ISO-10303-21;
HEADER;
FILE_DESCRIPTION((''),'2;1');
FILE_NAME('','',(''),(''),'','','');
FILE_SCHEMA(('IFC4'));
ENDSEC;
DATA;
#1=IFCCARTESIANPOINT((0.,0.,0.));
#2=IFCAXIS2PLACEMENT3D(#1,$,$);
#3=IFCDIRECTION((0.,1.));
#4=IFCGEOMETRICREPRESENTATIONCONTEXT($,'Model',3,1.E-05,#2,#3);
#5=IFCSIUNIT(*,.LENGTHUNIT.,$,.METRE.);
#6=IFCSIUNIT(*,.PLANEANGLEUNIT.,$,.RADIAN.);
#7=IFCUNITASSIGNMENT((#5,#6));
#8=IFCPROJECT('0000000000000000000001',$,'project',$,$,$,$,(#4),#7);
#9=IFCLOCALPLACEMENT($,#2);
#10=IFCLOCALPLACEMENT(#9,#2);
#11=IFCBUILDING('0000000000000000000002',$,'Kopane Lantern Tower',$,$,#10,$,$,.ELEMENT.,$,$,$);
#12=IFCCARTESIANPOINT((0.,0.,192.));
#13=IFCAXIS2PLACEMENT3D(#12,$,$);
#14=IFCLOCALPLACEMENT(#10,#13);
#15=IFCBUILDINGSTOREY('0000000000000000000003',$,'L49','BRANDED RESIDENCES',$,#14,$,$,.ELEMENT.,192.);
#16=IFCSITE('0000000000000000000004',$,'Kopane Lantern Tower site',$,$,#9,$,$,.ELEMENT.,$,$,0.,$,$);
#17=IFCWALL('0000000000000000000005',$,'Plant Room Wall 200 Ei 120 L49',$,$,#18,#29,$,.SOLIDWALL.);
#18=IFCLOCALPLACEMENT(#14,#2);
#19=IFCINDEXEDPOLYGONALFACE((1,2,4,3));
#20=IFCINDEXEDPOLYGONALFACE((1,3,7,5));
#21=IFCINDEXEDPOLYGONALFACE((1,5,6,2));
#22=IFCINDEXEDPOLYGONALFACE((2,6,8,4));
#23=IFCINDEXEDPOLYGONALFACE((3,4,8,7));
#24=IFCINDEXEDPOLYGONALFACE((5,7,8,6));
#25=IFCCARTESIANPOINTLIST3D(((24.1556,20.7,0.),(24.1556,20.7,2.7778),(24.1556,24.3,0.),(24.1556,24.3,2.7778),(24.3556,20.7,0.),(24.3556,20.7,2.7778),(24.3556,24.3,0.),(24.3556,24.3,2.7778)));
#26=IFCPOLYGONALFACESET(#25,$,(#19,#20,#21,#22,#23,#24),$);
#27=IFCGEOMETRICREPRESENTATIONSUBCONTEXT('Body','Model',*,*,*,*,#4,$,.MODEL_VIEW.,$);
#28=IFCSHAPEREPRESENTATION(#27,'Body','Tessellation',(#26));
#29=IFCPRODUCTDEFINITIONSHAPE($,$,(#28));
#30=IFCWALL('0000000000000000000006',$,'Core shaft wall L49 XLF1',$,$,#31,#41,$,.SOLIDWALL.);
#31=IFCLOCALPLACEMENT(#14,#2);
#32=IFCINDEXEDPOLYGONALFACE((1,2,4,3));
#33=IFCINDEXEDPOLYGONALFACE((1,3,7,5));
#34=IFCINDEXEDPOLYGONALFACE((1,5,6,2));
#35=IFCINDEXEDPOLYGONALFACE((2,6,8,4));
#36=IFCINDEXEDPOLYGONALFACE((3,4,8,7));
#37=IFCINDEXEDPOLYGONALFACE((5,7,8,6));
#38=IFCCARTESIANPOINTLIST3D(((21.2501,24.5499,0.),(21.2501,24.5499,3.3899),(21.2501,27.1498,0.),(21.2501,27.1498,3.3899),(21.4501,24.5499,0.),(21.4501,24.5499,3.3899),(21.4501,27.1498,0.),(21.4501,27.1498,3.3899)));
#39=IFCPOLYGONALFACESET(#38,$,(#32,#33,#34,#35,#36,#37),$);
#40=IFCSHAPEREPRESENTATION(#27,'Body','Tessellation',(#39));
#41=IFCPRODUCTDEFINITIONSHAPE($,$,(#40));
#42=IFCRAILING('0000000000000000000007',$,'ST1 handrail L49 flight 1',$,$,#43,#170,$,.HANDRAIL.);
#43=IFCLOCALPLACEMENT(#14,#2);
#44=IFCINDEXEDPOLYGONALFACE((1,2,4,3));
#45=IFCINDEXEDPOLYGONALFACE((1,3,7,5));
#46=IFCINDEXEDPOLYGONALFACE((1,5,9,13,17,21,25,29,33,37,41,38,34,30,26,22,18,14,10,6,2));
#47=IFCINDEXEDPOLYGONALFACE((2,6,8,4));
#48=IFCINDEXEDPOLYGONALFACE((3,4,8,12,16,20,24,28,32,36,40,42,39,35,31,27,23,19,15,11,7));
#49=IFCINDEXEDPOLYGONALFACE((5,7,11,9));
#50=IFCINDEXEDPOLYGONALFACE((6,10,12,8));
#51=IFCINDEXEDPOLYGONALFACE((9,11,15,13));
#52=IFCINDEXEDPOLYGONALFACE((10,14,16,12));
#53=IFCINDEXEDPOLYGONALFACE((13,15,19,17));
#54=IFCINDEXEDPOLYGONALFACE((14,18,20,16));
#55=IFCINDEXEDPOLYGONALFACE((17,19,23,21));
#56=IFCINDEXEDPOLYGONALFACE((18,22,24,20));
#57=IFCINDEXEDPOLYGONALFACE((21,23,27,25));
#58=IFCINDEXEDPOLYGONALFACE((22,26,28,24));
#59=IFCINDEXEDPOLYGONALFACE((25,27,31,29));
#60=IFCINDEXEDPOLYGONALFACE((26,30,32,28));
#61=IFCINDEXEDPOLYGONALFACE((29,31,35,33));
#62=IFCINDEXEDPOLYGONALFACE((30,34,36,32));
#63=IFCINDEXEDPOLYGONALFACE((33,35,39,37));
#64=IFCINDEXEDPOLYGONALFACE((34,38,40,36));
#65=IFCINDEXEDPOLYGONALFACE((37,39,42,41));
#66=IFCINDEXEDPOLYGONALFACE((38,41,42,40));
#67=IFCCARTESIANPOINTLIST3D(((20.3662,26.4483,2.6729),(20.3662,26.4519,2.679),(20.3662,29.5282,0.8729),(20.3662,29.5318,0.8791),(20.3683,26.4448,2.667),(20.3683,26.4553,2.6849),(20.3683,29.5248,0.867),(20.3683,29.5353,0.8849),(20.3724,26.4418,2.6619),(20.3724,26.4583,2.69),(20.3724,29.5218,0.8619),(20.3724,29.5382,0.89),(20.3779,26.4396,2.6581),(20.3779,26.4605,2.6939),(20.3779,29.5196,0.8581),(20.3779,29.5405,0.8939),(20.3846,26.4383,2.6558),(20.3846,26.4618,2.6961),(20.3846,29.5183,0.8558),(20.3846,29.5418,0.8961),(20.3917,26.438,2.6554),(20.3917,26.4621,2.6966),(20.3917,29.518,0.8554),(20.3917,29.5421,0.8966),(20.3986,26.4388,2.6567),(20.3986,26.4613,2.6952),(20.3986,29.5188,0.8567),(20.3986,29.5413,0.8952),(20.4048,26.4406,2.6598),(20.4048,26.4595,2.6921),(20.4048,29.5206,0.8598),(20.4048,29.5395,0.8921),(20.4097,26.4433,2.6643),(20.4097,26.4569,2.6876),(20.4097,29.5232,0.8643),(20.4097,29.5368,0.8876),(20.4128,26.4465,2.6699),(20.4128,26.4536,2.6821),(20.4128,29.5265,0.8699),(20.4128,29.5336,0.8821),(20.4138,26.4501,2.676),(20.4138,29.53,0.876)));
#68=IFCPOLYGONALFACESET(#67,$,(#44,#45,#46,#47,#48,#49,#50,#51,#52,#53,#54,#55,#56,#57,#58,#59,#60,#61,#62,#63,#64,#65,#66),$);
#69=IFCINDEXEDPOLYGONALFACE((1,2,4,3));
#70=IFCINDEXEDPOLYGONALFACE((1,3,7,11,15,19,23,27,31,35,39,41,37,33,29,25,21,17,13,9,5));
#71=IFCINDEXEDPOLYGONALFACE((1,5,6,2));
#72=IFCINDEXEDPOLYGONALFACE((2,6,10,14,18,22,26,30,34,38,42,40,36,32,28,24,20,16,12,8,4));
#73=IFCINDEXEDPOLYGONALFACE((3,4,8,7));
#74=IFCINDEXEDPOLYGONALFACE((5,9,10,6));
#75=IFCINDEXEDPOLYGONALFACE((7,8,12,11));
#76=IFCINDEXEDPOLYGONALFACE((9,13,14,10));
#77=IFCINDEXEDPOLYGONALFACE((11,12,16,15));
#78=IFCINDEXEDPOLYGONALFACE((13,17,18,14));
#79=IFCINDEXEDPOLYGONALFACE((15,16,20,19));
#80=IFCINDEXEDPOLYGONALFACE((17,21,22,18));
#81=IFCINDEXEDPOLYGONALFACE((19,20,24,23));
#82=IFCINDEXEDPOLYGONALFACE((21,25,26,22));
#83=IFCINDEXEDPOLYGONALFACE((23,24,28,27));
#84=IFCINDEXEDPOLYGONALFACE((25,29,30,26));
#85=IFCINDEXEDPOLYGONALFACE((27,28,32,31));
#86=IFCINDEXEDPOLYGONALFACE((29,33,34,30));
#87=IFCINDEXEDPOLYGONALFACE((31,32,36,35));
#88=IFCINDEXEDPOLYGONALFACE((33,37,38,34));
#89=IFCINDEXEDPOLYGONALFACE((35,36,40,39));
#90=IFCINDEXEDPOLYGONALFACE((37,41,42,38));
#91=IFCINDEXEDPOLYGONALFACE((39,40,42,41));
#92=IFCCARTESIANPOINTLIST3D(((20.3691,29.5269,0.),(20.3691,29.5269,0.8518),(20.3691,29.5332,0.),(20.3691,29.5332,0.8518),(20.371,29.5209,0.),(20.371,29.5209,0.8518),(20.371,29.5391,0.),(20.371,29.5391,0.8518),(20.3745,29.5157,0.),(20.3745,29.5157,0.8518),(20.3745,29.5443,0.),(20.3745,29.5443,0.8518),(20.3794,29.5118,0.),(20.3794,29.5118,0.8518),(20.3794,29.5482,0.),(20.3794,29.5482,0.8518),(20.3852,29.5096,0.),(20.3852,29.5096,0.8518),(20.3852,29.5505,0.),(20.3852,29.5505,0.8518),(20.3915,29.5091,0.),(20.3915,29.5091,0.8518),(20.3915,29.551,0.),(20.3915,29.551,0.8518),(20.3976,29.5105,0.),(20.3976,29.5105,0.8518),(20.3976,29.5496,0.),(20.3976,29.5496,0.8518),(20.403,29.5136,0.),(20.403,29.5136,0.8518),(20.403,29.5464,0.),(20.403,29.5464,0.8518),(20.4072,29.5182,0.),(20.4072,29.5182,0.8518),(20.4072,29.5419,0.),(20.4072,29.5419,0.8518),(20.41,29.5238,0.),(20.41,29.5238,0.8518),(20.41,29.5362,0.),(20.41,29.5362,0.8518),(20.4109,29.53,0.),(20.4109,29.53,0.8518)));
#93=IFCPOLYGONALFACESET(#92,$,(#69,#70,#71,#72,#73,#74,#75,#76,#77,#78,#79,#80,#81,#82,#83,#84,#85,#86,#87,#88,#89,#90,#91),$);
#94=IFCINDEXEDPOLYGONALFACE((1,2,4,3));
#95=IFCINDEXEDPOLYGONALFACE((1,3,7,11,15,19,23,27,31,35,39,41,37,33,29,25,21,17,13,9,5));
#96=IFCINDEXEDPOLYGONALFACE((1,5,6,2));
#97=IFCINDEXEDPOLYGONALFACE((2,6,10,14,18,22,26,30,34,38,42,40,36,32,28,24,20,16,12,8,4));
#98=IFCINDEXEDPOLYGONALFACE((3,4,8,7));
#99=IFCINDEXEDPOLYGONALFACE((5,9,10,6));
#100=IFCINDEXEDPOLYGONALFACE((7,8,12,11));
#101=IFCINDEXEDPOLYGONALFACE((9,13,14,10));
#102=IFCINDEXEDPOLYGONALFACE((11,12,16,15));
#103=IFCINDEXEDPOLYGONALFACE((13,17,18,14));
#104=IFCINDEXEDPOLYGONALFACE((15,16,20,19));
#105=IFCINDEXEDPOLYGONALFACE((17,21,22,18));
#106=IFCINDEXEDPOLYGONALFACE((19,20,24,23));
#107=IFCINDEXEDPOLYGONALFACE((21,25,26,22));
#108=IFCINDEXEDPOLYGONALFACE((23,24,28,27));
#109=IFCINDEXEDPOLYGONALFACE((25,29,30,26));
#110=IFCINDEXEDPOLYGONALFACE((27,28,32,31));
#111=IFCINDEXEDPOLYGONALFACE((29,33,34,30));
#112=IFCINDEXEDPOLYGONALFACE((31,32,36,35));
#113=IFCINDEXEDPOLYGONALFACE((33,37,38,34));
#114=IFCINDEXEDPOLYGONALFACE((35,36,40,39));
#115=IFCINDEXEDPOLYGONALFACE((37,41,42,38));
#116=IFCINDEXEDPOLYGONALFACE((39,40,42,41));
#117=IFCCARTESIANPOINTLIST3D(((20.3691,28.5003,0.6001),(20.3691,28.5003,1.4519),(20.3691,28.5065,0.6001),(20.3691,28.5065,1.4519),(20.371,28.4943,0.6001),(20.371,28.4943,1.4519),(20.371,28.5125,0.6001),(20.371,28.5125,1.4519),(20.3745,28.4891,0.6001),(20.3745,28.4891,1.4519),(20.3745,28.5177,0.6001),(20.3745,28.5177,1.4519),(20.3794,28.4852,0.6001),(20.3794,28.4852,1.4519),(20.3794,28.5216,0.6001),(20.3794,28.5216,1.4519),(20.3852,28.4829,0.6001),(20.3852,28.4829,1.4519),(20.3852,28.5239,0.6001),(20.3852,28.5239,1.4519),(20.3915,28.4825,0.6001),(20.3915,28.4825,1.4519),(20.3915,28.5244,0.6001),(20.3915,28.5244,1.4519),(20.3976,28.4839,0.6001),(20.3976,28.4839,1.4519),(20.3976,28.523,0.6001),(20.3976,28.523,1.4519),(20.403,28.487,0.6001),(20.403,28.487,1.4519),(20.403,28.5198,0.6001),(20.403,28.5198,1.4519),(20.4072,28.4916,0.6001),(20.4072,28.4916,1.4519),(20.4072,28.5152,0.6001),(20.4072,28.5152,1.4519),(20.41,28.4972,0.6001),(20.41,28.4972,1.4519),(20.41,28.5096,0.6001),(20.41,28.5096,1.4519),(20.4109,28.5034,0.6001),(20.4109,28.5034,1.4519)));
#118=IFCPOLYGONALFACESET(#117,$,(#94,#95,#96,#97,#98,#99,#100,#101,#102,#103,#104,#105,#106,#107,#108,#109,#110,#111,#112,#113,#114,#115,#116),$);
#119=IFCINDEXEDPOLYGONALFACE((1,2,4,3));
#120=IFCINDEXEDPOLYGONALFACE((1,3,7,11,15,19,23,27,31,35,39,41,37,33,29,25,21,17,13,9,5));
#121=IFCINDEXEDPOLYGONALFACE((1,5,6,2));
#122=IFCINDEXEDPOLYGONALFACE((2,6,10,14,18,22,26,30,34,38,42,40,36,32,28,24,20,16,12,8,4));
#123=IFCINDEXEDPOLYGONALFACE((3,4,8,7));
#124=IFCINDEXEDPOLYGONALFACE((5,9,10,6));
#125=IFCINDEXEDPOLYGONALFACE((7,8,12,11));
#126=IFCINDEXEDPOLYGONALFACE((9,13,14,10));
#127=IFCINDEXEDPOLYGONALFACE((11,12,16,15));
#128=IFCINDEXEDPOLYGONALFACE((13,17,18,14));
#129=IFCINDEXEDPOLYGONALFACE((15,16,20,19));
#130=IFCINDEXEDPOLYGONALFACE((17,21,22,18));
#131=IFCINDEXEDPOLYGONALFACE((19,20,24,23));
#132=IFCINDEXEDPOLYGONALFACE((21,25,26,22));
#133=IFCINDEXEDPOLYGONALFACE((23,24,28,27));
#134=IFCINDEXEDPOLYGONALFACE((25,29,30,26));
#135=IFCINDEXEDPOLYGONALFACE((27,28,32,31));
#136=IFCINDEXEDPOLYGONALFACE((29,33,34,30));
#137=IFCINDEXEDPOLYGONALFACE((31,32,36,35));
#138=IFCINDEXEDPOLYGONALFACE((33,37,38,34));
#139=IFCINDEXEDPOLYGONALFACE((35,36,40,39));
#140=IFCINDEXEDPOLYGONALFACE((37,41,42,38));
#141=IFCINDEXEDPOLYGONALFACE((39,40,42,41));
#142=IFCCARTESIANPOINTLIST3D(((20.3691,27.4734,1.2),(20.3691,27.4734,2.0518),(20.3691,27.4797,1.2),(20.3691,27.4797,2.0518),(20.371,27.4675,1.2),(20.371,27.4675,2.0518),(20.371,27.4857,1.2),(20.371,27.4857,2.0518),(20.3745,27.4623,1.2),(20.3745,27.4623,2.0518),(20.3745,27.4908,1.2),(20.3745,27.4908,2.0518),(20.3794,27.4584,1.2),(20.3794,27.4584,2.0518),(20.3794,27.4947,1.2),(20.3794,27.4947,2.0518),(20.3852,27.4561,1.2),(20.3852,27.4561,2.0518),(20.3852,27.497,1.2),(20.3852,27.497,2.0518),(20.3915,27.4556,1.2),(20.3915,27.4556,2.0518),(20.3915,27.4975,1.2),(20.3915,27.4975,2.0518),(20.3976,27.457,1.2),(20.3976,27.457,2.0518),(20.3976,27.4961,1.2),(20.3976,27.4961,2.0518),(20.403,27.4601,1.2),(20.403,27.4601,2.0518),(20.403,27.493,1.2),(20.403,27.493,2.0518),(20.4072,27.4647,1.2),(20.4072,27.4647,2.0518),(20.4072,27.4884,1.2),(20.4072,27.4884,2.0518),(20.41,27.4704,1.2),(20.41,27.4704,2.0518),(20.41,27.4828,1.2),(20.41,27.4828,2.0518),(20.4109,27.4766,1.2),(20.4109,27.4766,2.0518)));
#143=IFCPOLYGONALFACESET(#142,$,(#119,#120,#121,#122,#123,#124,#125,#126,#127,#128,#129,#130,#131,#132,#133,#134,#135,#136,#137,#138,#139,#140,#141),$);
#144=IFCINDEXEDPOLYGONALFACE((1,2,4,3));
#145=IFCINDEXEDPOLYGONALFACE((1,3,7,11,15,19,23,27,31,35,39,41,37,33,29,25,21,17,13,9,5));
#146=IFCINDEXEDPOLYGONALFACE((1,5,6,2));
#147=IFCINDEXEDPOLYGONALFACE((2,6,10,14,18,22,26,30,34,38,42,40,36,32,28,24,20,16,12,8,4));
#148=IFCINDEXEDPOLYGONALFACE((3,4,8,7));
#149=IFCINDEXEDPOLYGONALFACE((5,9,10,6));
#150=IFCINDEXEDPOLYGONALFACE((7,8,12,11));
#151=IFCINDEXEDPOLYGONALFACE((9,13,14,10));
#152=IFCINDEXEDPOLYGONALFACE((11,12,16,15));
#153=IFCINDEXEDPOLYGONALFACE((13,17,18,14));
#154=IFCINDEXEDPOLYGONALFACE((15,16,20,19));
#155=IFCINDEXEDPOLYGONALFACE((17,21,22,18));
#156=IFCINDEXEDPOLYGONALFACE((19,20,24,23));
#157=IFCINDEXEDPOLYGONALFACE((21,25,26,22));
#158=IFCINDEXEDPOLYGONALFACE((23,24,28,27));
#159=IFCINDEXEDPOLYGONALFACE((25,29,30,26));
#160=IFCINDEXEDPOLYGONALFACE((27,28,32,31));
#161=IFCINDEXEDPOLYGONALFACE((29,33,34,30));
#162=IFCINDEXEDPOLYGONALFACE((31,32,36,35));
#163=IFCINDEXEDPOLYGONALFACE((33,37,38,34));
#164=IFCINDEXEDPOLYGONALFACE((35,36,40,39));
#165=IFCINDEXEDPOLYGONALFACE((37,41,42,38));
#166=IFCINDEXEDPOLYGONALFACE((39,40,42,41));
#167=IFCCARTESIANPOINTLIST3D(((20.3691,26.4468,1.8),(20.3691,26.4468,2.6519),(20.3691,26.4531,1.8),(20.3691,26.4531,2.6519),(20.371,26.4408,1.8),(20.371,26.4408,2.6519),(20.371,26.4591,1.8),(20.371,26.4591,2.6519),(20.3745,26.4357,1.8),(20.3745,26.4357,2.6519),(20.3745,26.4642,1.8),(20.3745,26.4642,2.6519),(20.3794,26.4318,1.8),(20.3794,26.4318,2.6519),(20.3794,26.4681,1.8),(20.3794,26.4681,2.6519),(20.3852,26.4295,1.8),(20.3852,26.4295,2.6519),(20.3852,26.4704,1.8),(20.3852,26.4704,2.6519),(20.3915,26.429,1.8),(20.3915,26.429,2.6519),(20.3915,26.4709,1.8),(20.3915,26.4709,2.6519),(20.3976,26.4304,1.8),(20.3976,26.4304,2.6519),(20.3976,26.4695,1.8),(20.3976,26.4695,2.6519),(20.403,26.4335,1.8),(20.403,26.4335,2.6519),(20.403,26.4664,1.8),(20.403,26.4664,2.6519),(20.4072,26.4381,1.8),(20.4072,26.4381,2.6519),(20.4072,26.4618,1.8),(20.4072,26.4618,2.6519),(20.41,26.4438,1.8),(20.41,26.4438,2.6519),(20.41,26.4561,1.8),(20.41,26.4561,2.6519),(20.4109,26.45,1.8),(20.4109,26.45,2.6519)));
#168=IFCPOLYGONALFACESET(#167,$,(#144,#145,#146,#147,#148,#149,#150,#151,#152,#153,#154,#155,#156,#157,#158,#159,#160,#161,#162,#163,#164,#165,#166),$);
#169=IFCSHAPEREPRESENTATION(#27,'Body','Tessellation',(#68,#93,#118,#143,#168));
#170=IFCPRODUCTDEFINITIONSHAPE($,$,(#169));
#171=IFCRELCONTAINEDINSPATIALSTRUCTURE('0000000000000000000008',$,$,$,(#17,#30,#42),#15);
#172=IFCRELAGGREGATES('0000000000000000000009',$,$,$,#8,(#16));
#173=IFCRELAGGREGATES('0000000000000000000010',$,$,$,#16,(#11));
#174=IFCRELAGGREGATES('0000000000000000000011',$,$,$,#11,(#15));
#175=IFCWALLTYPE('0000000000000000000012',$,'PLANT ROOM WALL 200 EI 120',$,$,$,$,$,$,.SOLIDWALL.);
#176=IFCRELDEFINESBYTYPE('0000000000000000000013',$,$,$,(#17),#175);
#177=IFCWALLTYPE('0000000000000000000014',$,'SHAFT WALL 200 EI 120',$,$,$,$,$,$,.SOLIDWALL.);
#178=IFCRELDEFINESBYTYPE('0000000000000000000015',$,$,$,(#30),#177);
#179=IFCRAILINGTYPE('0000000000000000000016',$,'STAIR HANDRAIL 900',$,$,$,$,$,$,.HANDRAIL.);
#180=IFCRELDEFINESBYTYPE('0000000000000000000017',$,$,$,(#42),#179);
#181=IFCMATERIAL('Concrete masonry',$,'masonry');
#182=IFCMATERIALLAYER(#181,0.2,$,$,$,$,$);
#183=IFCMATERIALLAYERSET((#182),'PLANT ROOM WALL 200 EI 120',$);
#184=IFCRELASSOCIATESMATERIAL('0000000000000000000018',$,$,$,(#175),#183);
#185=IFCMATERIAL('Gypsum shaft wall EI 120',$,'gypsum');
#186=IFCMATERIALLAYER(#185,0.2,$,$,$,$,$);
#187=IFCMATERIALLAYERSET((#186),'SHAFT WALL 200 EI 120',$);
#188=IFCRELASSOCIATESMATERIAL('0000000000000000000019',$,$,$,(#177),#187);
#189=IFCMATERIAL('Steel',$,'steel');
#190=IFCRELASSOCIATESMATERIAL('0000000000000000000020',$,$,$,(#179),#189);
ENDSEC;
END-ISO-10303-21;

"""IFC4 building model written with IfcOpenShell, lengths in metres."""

from ifc_helpers import new_model, si_unit, direction, frame, frame_2d, origin, origin_2d, place, context, subcontext, project, spatial, rectangle, circle, extrude, material, layer, layer_set, type_object, element, save


model = new_model("IFC4")

# Units and contexts
model_context = context("Model", 3, precision=1e-05, world=origin(), true_north=direction((0.0, 1.0)))
body_context = subcontext(model_context, "Body", "Model", "MODEL_VIEW")
ifc_project = project(units=[si_unit("LENGTHUNIT", "METRE"), si_unit("PLANEANGLEUNIT", "RADIAN")], contexts=[model_context])

# Site, building, storey
site_placement = place(None, origin())
site = spatial("IfcSite", under=ifc_project, at=site_placement, Name="Kopane Lantern Tower site", CompositionType="ELEMENT", RefElevation=0.0)
building_placement = place(site_placement, origin())
building = spatial("IfcBuilding", under=site, at=building_placement, Name="Kopane Lantern Tower", CompositionType="ELEMENT")
storey_placement = place(building_placement, frame((0.0, 0.0, 192.0)))
storey = spatial("IfcBuildingStorey", under=building, at=storey_placement, Name="L49", Description="BRANDED RESIDENCES", CompositionType="ELEMENT", Elevation=192.0)

# Walls
ifc_material_1 = material(Name="Concrete masonry", Category="masonry")
ifc_layer_1 = layer(ifc_material_1, 0.2)
ifc_layer_set_1 = layer_set([ifc_layer_1], Name="PLANT ROOM WALL 200 EI 120")
wall_type_1 = type_object("IfcWallType", Name="PLANT ROOM WALL 200 EI 120", PredefinedType="SOLIDWALL", material=ifc_layer_set_1)
wall_1_placement = place(storey_placement, frame((24.2556, 20.7, 0.0), z_axis=(0.0, 0.0, 1.0), x_axis=(0.0, 1.0, 0.0)))
element("IfcWall", 1, at=wall_1_placement, inside=storey, type_object=wall_type_1, Name="Plant Room Wall 200 Ei 120 L49", PredefinedType="SOLIDWALL", context=body_context, shape_type="SweptSolid", body=[
    extrude(rectangle(XDim=3.6001, YDim=0.2, at=frame_2d((1.8, 0.0))), origin(), (0.0, 0.0, 1.0), 2.7778),
])
ifc_material_2 = material(Name="Gypsum shaft wall EI 120", Category="gypsum")
ifc_layer_2 = layer(ifc_material_2, 0.2)
ifc_layer_set_2 = layer_set([ifc_layer_2], Name="SHAFT WALL 200 EI 120")
wall_type_2 = type_object("IfcWallType", Name="SHAFT WALL 200 EI 120", PredefinedType="SOLIDWALL", material=ifc_layer_set_2)
wall_2_placement = place(storey_placement, frame((21.3501, 24.55, 0.0), z_axis=(0.0, 0.0, 1.0), x_axis=(0.0, 1.0, 0.0)))
element("IfcWall", 2, at=wall_2_placement, inside=storey, type_object=wall_type_2, Name="Core shaft wall L49 XLF1", PredefinedType="SOLIDWALL", context=body_context, shape_type="SweptSolid", body=[
    extrude(rectangle(XDim=2.5999, YDim=0.2, at=frame_2d((1.2998, 0.0))), origin(), (0.0, 0.0, 1.0), 3.3899),
])

# Railing
ifc_material_3 = material(Name="Steel", Category="steel")
railing_type_1 = type_object("IfcRailingType", Name="STAIR HANDRAIL 900", PredefinedType="HANDRAIL", material=ifc_material_3)
for number, where, name in (
    (3, (20.3899, 29.53, 0.0), "ST1 handrail L49 flight 1"),
):
    element("IfcRailing", number, at=place(storey_placement, frame(where)), inside=storey, type_object=railing_type_1, Name=name, PredefinedType="HANDRAIL", context=body_context, shape_type="SweptSolid", body=[
        extrude(circle(Radius=0.0239, at=origin_2d()), frame((0.0, 0.0, 0.876), z_axis=(0.0, -0.863372, 0.504569), x_axis=(1.0, 0.0, 0.0)), (0.0, 0.0, 1.0), 3.5674),
        extrude(circle(Radius=0.021, at=origin_2d()), origin(), (0.0, 0.0, 1.0), 0.8518),
        extrude(circle(Radius=0.021, at=origin_2d()), frame((0.0, -1.0266, 0.6001)), (0.0, 0.0, 1.0), 0.8518),
        extrude(circle(Radius=0.021, at=origin_2d()), frame((0.0, -2.0535, 1.2)), (0.0, 0.0, 1.0), 0.8518),
        extrude(circle(Radius=0.021, at=origin_2d()), frame((0.0, -3.0801, 1.8)), (0.0, 0.0, 1.0), 0.8518),
    ])

save(model, "model.ifc")
